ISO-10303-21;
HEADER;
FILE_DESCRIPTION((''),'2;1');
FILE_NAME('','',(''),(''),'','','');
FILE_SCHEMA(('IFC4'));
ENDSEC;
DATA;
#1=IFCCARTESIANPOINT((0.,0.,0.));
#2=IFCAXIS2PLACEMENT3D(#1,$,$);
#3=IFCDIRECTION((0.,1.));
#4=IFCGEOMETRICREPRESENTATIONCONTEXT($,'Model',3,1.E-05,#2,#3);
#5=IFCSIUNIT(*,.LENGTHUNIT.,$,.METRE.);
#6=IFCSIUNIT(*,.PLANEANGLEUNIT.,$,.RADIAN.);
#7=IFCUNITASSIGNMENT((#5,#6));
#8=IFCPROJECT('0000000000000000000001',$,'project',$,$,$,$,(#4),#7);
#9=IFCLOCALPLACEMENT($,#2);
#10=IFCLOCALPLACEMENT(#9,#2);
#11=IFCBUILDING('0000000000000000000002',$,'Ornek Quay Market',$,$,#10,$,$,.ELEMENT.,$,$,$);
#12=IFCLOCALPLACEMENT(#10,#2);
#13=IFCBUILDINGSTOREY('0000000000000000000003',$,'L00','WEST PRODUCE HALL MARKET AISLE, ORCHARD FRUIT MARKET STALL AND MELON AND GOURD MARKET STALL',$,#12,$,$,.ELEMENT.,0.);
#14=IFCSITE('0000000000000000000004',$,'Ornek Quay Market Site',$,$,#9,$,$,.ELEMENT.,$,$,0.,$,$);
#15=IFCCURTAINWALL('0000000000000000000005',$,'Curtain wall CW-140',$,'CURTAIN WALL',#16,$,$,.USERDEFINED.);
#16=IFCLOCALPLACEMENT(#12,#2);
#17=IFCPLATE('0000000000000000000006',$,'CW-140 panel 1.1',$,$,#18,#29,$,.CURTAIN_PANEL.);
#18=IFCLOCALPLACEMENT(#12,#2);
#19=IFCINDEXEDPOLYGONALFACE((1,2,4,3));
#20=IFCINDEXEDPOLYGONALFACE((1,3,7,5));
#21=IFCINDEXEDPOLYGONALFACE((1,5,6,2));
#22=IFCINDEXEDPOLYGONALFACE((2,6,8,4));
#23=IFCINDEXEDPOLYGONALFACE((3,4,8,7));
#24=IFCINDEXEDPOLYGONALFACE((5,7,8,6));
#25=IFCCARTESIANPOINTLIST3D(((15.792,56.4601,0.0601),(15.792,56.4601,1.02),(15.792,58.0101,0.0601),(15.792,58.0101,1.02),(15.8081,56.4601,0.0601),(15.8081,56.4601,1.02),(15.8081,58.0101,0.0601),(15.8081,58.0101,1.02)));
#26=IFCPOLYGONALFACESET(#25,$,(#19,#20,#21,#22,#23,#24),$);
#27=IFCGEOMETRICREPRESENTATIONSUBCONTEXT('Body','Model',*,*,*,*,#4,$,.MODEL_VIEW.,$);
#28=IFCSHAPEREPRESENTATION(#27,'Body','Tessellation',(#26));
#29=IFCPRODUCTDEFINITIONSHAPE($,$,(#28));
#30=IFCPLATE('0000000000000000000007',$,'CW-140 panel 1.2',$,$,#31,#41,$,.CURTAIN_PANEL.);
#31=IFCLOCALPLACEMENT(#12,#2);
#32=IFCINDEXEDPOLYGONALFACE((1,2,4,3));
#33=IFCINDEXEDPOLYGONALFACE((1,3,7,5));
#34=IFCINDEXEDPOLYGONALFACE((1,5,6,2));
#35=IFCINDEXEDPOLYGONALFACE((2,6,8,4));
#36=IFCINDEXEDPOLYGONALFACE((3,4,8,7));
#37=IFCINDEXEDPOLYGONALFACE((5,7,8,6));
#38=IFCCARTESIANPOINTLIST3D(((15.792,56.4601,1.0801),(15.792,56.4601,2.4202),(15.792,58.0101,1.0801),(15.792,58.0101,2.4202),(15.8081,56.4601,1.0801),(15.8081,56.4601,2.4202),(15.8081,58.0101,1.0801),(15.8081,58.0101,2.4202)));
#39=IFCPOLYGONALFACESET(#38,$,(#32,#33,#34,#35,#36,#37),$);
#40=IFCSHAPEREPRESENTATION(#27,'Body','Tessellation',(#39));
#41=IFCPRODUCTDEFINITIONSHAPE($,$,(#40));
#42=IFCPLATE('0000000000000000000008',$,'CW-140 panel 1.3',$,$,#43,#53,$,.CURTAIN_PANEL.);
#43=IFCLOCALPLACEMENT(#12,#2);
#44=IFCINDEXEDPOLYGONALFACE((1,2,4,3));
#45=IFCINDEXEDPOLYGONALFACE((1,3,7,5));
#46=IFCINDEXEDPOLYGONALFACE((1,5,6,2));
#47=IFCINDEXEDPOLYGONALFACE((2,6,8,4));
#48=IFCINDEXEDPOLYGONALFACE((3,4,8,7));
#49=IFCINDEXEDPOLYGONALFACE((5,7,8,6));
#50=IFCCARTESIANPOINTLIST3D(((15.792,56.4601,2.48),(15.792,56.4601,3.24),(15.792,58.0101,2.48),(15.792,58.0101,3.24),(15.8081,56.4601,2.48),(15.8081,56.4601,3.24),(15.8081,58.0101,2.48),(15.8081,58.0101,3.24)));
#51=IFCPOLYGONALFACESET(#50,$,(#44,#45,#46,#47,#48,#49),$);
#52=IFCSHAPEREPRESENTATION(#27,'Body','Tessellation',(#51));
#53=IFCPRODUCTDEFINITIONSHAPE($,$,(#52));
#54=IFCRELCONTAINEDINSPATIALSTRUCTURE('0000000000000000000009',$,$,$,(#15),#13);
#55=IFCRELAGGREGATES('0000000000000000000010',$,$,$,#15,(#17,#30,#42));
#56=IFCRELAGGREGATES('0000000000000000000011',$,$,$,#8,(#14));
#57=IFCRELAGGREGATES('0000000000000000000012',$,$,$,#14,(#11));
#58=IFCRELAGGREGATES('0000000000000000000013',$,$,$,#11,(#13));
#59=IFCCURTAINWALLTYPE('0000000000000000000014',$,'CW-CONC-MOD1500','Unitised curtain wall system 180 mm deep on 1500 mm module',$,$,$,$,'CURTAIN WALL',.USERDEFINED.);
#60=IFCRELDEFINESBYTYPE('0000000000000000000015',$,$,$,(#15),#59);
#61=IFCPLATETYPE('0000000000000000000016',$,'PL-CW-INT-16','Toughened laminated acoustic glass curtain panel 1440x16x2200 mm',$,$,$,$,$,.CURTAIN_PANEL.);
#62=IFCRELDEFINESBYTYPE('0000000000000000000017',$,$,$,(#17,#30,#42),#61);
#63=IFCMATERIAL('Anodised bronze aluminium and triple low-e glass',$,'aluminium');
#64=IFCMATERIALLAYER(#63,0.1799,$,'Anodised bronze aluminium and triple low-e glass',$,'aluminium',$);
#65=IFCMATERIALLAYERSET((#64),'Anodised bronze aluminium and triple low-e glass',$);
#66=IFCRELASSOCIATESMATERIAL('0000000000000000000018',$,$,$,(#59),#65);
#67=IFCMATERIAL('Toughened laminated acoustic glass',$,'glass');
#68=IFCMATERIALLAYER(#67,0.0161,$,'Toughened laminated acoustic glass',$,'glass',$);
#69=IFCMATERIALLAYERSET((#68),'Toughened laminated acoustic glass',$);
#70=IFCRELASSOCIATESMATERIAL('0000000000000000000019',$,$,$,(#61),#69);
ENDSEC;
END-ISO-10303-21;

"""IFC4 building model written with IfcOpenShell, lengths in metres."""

from ifc_helpers import new_model, si_unit, direction, frame, origin, origin_2d, place, context, subcontext, project, spatial, rectangle, extrude, material, layer, layer_set, type_object, element, aggregate, save


model = new_model("IFC4")

# Units and contexts
model_context = context("Model", 3, precision=1e-05, world=origin(), true_north=direction((0.0, 1.0)))
body_context = subcontext(model_context, "Body", "Model", "MODEL_VIEW")
ifc_project = project(units=[si_unit("LENGTHUNIT", "METRE"), si_unit("PLANEANGLEUNIT", "RADIAN")], contexts=[model_context])

# Site, building, storey
site_placement = place(None, origin())
site = spatial("IfcSite", under=ifc_project, at=site_placement, Name="Ornek Quay Market Site", CompositionType="ELEMENT", RefElevation=0.0)
building_placement = place(site_placement, origin())
building = spatial("IfcBuilding", under=site, at=building_placement, Name="Ornek Quay Market", CompositionType="ELEMENT")
storey_placement = place(building_placement, origin())
storey = spatial("IfcBuildingStorey", under=building, at=storey_placement, Name="L00", Description="WEST PRODUCE HALL MARKET AISLE, ORCHARD FRUIT MARKET STALL AND MELON AND GOURD MARKET STALL", CompositionType="ELEMENT", Elevation=0.0)

# Curtain wall
ifc_material_1 = material(Name="Anodised bronze aluminium and triple low-e glass", Category="aluminium")
ifc_layer_1 = layer(ifc_material_1, 0.1799, Name="Anodised bronze aluminium and triple low-e glass", Category="aluminium")
ifc_layer_set_1 = layer_set([ifc_layer_1], Name="Anodised bronze aluminium and triple low-e glass")
curtain_wall_type = type_object("IfcCurtainWallType", Name="CW-CONC-MOD1500", Description="Unitised curtain wall system 180 mm deep on 1500 mm module", ElementType="CURTAIN WALL", PredefinedType="USERDEFINED", material=ifc_layer_set_1)
curtain_wall_1_placement = place(storey_placement, origin())
curtain_wall_1 = element("IfcCurtainWall", 1, at=curtain_wall_1_placement, inside=storey, type_object=curtain_wall_type, Name="Curtain wall CW-140", ObjectType="CURTAIN WALL", PredefinedType="USERDEFINED")

# Plates
ifc_material_2 = material(Name="Toughened laminated acoustic glass", Category="glass")
ifc_layer_2 = layer(ifc_material_2, 0.0161, Name="Toughened laminated acoustic glass", Category="glass")
ifc_layer_set_2 = layer_set([ifc_layer_2], Name="Toughened laminated acoustic glass")
plate_type = type_object("IfcPlateType", Name="PL-CW-INT-16", Description="Toughened laminated acoustic glass curtain panel 1440x16x2200 mm", PredefinedType="CURTAIN_PANEL", material=ifc_layer_set_2)
plate_1_placement = place(storey_placement, frame((15.8, 57.2351, 0.0601), z_axis=(0.0, 0.0, 1.0), x_axis=(0.0, 1.0, 0.0)))
plate_1 = element("IfcPlate", 2, at=plate_1_placement, type_object=plate_type, Name="CW-140 panel 1.1", PredefinedType="CURTAIN_PANEL", context=body_context, shape_type="SweptSolid", body=[
    extrude(rectangle(XDim=1.55, YDim=0.0161, at=origin_2d()), origin(), (0.0, 0.0, 1.0), 0.96),
])
plate_2_placement = place(storey_placement, frame((15.8, 57.2351, 1.0801), z_axis=(0.0, 0.0, 1.0), x_axis=(0.0, 1.0, 0.0)))
plate_2 = element("IfcPlate", 3, at=plate_2_placement, type_object=plate_type, Name="CW-140 panel 1.2", PredefinedType="CURTAIN_PANEL", context=body_context, shape_type="SweptSolid", body=[
    extrude(rectangle(XDim=1.55, YDim=0.0161, at=origin_2d()), origin(), (0.0, 0.0, 1.0), 1.3401),
])
plate_3_placement = place(storey_placement, frame((15.8, 57.2351, 2.48), z_axis=(0.0, 0.0, 1.0), x_axis=(0.0, 1.0, 0.0)))
plate_3 = element("IfcPlate", 4, at=plate_3_placement, type_object=plate_type, Name="CW-140 panel 1.3", PredefinedType="CURTAIN_PANEL", context=body_context, shape_type="SweptSolid", body=[
    extrude(rectangle(XDim=1.55, YDim=0.0161, at=origin_2d()), origin(), (0.0, 0.0, 1.0), 0.76),
])
aggregate(curtain_wall_1, [plate_1, plate_2, plate_3])

save(model, "model.ifc")
